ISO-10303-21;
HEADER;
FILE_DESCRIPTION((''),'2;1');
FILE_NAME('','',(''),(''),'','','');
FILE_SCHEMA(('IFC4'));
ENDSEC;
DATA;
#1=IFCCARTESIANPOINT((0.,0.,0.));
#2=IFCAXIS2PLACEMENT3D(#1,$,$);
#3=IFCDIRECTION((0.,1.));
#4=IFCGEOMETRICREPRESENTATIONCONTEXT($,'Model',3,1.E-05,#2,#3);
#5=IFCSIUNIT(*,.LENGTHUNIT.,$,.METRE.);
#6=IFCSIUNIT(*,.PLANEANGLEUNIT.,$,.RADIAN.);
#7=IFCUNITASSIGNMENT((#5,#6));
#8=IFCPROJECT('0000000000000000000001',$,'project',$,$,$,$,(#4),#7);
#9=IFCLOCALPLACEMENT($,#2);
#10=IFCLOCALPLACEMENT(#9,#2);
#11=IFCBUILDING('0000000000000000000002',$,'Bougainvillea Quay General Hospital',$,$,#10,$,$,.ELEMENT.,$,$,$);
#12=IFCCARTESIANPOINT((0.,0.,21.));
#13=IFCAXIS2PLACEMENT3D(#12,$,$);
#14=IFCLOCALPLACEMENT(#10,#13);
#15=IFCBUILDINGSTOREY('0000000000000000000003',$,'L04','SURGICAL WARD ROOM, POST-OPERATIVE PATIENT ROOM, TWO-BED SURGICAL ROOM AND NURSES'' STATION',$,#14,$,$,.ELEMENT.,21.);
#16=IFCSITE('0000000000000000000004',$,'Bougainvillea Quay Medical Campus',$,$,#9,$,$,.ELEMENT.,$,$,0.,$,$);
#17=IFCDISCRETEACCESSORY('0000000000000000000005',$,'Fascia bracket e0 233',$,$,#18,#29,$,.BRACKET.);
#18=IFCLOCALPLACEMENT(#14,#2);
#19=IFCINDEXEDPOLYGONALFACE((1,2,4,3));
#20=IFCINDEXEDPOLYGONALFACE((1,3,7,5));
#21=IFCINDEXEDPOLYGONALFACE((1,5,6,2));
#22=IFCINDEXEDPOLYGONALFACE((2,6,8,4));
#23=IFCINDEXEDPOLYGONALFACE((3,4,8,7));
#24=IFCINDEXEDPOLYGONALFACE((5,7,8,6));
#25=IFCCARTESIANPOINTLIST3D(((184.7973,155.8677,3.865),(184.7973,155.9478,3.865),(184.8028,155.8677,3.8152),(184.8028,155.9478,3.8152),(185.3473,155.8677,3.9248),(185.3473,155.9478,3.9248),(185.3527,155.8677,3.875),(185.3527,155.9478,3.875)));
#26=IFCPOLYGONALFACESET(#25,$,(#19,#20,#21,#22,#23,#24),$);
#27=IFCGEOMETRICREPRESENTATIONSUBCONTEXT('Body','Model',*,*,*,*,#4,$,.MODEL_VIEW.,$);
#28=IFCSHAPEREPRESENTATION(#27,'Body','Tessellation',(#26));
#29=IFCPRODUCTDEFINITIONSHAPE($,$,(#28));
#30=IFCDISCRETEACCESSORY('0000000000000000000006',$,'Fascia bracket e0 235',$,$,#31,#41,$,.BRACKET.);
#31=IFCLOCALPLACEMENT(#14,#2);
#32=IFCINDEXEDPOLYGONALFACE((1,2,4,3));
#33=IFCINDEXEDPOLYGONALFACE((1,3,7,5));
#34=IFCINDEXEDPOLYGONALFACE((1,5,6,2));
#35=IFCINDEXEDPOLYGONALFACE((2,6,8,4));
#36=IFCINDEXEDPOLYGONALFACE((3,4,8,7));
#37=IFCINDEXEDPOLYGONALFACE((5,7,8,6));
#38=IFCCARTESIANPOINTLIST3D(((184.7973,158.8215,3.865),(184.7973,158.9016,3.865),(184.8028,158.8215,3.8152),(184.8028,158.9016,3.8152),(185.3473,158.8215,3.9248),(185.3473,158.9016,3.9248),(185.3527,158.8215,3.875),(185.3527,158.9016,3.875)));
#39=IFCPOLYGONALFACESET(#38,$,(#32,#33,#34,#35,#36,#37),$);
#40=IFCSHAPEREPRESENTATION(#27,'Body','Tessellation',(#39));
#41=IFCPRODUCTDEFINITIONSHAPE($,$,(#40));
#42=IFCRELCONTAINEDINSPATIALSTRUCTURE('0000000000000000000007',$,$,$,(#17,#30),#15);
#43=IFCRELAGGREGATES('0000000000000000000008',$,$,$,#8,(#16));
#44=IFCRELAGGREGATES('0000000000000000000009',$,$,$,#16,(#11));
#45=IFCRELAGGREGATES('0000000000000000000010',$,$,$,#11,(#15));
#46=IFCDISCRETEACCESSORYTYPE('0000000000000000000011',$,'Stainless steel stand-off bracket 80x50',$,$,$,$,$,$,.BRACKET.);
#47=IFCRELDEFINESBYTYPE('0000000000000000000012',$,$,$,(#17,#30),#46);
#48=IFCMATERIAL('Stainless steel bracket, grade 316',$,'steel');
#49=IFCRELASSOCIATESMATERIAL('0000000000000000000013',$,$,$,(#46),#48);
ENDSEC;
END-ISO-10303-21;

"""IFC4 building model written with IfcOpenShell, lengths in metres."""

from ifc_helpers import new_model, si_unit, direction, frame, origin, origin_2d, place, context, subcontext, project, spatial, rectangle, extrude, material, material_profile, profile_set, type_object, element, save


model = new_model("IFC4")

# Units and contexts
model_context = context("Model", 3, precision=1e-05, world=origin(), true_north=direction((0.0, 1.0)))
body_context = subcontext(model_context, "Body", "Model", "MODEL_VIEW")
ifc_project = project(units=[si_unit("LENGTHUNIT", "METRE"), si_unit("PLANEANGLEUNIT", "RADIAN")], contexts=[model_context])

# Site, building, storey
site_placement = place(None, origin())
site = spatial("IfcSite", under=ifc_project, at=site_placement, Name="Bougainvillea Quay Medical Campus", CompositionType="ELEMENT", RefElevation=0.0)
building_placement = place(site_placement, origin())
building = spatial("IfcBuilding", under=site, at=building_placement, Name="Bougainvillea Quay General Hospital", CompositionType="ELEMENT")
storey_placement = place(building_placement, frame((0.0, 0.0, 21.0)))
storey = spatial("IfcBuildingStorey", under=building, at=storey_placement, Name="L04", Description="SURGICAL WARD ROOM, POST-OPERATIVE PATIENT ROOM, TWO-BED SURGICAL ROOM AND NURSES' STATION", CompositionType="ELEMENT", Elevation=21.0)

# Discrete accessories
ifc_material_1 = material(Name="Stainless steel bracket, grade 316", Category="steel")
ifc_material_profile_1 = material_profile(ifc_material_1, rectangle(XDim=0.0801, YDim=0.05, at=origin_2d()))
ifc_profile_set_1 = profile_set([ifc_material_profile_1], Name="Stainless steel bracket, grade 316")
discrete_accessory_type = type_object("IfcDiscreteAccessoryType", Name="Stainless steel stand-off bracket 80x50", PredefinedType="BRACKET", material=ifc_profile_set_1)
for number, where, z_axis, x_axis, name in (
    (1, (184.8, 155.9077, 3.8401), (0.994139, 0.0, 0.108107), (0.0, 1.0, 0.0), "Fascia bracket e0 233"),
    (2, (184.8, 158.8616, 3.8401), (0.994139, 0.0, 0.108107), (0.0, 1.0, 0.0), "Fascia bracket e0 235"),
):
    element("IfcDiscreteAccessory", number, at=place(storey_placement, frame(where, z_axis=z_axis, x_axis=x_axis)), inside=storey, type_object=discrete_accessory_type, Name=name, PredefinedType="BRACKET", context=body_context, shape_type="SweptSolid", body=[
        extrude(rectangle(XDim=0.0801, YDim=0.05, at=origin_2d()), origin(), (0.0, 0.0, 1.0), 0.5532),
    ])

save(model, "model.ifc")
